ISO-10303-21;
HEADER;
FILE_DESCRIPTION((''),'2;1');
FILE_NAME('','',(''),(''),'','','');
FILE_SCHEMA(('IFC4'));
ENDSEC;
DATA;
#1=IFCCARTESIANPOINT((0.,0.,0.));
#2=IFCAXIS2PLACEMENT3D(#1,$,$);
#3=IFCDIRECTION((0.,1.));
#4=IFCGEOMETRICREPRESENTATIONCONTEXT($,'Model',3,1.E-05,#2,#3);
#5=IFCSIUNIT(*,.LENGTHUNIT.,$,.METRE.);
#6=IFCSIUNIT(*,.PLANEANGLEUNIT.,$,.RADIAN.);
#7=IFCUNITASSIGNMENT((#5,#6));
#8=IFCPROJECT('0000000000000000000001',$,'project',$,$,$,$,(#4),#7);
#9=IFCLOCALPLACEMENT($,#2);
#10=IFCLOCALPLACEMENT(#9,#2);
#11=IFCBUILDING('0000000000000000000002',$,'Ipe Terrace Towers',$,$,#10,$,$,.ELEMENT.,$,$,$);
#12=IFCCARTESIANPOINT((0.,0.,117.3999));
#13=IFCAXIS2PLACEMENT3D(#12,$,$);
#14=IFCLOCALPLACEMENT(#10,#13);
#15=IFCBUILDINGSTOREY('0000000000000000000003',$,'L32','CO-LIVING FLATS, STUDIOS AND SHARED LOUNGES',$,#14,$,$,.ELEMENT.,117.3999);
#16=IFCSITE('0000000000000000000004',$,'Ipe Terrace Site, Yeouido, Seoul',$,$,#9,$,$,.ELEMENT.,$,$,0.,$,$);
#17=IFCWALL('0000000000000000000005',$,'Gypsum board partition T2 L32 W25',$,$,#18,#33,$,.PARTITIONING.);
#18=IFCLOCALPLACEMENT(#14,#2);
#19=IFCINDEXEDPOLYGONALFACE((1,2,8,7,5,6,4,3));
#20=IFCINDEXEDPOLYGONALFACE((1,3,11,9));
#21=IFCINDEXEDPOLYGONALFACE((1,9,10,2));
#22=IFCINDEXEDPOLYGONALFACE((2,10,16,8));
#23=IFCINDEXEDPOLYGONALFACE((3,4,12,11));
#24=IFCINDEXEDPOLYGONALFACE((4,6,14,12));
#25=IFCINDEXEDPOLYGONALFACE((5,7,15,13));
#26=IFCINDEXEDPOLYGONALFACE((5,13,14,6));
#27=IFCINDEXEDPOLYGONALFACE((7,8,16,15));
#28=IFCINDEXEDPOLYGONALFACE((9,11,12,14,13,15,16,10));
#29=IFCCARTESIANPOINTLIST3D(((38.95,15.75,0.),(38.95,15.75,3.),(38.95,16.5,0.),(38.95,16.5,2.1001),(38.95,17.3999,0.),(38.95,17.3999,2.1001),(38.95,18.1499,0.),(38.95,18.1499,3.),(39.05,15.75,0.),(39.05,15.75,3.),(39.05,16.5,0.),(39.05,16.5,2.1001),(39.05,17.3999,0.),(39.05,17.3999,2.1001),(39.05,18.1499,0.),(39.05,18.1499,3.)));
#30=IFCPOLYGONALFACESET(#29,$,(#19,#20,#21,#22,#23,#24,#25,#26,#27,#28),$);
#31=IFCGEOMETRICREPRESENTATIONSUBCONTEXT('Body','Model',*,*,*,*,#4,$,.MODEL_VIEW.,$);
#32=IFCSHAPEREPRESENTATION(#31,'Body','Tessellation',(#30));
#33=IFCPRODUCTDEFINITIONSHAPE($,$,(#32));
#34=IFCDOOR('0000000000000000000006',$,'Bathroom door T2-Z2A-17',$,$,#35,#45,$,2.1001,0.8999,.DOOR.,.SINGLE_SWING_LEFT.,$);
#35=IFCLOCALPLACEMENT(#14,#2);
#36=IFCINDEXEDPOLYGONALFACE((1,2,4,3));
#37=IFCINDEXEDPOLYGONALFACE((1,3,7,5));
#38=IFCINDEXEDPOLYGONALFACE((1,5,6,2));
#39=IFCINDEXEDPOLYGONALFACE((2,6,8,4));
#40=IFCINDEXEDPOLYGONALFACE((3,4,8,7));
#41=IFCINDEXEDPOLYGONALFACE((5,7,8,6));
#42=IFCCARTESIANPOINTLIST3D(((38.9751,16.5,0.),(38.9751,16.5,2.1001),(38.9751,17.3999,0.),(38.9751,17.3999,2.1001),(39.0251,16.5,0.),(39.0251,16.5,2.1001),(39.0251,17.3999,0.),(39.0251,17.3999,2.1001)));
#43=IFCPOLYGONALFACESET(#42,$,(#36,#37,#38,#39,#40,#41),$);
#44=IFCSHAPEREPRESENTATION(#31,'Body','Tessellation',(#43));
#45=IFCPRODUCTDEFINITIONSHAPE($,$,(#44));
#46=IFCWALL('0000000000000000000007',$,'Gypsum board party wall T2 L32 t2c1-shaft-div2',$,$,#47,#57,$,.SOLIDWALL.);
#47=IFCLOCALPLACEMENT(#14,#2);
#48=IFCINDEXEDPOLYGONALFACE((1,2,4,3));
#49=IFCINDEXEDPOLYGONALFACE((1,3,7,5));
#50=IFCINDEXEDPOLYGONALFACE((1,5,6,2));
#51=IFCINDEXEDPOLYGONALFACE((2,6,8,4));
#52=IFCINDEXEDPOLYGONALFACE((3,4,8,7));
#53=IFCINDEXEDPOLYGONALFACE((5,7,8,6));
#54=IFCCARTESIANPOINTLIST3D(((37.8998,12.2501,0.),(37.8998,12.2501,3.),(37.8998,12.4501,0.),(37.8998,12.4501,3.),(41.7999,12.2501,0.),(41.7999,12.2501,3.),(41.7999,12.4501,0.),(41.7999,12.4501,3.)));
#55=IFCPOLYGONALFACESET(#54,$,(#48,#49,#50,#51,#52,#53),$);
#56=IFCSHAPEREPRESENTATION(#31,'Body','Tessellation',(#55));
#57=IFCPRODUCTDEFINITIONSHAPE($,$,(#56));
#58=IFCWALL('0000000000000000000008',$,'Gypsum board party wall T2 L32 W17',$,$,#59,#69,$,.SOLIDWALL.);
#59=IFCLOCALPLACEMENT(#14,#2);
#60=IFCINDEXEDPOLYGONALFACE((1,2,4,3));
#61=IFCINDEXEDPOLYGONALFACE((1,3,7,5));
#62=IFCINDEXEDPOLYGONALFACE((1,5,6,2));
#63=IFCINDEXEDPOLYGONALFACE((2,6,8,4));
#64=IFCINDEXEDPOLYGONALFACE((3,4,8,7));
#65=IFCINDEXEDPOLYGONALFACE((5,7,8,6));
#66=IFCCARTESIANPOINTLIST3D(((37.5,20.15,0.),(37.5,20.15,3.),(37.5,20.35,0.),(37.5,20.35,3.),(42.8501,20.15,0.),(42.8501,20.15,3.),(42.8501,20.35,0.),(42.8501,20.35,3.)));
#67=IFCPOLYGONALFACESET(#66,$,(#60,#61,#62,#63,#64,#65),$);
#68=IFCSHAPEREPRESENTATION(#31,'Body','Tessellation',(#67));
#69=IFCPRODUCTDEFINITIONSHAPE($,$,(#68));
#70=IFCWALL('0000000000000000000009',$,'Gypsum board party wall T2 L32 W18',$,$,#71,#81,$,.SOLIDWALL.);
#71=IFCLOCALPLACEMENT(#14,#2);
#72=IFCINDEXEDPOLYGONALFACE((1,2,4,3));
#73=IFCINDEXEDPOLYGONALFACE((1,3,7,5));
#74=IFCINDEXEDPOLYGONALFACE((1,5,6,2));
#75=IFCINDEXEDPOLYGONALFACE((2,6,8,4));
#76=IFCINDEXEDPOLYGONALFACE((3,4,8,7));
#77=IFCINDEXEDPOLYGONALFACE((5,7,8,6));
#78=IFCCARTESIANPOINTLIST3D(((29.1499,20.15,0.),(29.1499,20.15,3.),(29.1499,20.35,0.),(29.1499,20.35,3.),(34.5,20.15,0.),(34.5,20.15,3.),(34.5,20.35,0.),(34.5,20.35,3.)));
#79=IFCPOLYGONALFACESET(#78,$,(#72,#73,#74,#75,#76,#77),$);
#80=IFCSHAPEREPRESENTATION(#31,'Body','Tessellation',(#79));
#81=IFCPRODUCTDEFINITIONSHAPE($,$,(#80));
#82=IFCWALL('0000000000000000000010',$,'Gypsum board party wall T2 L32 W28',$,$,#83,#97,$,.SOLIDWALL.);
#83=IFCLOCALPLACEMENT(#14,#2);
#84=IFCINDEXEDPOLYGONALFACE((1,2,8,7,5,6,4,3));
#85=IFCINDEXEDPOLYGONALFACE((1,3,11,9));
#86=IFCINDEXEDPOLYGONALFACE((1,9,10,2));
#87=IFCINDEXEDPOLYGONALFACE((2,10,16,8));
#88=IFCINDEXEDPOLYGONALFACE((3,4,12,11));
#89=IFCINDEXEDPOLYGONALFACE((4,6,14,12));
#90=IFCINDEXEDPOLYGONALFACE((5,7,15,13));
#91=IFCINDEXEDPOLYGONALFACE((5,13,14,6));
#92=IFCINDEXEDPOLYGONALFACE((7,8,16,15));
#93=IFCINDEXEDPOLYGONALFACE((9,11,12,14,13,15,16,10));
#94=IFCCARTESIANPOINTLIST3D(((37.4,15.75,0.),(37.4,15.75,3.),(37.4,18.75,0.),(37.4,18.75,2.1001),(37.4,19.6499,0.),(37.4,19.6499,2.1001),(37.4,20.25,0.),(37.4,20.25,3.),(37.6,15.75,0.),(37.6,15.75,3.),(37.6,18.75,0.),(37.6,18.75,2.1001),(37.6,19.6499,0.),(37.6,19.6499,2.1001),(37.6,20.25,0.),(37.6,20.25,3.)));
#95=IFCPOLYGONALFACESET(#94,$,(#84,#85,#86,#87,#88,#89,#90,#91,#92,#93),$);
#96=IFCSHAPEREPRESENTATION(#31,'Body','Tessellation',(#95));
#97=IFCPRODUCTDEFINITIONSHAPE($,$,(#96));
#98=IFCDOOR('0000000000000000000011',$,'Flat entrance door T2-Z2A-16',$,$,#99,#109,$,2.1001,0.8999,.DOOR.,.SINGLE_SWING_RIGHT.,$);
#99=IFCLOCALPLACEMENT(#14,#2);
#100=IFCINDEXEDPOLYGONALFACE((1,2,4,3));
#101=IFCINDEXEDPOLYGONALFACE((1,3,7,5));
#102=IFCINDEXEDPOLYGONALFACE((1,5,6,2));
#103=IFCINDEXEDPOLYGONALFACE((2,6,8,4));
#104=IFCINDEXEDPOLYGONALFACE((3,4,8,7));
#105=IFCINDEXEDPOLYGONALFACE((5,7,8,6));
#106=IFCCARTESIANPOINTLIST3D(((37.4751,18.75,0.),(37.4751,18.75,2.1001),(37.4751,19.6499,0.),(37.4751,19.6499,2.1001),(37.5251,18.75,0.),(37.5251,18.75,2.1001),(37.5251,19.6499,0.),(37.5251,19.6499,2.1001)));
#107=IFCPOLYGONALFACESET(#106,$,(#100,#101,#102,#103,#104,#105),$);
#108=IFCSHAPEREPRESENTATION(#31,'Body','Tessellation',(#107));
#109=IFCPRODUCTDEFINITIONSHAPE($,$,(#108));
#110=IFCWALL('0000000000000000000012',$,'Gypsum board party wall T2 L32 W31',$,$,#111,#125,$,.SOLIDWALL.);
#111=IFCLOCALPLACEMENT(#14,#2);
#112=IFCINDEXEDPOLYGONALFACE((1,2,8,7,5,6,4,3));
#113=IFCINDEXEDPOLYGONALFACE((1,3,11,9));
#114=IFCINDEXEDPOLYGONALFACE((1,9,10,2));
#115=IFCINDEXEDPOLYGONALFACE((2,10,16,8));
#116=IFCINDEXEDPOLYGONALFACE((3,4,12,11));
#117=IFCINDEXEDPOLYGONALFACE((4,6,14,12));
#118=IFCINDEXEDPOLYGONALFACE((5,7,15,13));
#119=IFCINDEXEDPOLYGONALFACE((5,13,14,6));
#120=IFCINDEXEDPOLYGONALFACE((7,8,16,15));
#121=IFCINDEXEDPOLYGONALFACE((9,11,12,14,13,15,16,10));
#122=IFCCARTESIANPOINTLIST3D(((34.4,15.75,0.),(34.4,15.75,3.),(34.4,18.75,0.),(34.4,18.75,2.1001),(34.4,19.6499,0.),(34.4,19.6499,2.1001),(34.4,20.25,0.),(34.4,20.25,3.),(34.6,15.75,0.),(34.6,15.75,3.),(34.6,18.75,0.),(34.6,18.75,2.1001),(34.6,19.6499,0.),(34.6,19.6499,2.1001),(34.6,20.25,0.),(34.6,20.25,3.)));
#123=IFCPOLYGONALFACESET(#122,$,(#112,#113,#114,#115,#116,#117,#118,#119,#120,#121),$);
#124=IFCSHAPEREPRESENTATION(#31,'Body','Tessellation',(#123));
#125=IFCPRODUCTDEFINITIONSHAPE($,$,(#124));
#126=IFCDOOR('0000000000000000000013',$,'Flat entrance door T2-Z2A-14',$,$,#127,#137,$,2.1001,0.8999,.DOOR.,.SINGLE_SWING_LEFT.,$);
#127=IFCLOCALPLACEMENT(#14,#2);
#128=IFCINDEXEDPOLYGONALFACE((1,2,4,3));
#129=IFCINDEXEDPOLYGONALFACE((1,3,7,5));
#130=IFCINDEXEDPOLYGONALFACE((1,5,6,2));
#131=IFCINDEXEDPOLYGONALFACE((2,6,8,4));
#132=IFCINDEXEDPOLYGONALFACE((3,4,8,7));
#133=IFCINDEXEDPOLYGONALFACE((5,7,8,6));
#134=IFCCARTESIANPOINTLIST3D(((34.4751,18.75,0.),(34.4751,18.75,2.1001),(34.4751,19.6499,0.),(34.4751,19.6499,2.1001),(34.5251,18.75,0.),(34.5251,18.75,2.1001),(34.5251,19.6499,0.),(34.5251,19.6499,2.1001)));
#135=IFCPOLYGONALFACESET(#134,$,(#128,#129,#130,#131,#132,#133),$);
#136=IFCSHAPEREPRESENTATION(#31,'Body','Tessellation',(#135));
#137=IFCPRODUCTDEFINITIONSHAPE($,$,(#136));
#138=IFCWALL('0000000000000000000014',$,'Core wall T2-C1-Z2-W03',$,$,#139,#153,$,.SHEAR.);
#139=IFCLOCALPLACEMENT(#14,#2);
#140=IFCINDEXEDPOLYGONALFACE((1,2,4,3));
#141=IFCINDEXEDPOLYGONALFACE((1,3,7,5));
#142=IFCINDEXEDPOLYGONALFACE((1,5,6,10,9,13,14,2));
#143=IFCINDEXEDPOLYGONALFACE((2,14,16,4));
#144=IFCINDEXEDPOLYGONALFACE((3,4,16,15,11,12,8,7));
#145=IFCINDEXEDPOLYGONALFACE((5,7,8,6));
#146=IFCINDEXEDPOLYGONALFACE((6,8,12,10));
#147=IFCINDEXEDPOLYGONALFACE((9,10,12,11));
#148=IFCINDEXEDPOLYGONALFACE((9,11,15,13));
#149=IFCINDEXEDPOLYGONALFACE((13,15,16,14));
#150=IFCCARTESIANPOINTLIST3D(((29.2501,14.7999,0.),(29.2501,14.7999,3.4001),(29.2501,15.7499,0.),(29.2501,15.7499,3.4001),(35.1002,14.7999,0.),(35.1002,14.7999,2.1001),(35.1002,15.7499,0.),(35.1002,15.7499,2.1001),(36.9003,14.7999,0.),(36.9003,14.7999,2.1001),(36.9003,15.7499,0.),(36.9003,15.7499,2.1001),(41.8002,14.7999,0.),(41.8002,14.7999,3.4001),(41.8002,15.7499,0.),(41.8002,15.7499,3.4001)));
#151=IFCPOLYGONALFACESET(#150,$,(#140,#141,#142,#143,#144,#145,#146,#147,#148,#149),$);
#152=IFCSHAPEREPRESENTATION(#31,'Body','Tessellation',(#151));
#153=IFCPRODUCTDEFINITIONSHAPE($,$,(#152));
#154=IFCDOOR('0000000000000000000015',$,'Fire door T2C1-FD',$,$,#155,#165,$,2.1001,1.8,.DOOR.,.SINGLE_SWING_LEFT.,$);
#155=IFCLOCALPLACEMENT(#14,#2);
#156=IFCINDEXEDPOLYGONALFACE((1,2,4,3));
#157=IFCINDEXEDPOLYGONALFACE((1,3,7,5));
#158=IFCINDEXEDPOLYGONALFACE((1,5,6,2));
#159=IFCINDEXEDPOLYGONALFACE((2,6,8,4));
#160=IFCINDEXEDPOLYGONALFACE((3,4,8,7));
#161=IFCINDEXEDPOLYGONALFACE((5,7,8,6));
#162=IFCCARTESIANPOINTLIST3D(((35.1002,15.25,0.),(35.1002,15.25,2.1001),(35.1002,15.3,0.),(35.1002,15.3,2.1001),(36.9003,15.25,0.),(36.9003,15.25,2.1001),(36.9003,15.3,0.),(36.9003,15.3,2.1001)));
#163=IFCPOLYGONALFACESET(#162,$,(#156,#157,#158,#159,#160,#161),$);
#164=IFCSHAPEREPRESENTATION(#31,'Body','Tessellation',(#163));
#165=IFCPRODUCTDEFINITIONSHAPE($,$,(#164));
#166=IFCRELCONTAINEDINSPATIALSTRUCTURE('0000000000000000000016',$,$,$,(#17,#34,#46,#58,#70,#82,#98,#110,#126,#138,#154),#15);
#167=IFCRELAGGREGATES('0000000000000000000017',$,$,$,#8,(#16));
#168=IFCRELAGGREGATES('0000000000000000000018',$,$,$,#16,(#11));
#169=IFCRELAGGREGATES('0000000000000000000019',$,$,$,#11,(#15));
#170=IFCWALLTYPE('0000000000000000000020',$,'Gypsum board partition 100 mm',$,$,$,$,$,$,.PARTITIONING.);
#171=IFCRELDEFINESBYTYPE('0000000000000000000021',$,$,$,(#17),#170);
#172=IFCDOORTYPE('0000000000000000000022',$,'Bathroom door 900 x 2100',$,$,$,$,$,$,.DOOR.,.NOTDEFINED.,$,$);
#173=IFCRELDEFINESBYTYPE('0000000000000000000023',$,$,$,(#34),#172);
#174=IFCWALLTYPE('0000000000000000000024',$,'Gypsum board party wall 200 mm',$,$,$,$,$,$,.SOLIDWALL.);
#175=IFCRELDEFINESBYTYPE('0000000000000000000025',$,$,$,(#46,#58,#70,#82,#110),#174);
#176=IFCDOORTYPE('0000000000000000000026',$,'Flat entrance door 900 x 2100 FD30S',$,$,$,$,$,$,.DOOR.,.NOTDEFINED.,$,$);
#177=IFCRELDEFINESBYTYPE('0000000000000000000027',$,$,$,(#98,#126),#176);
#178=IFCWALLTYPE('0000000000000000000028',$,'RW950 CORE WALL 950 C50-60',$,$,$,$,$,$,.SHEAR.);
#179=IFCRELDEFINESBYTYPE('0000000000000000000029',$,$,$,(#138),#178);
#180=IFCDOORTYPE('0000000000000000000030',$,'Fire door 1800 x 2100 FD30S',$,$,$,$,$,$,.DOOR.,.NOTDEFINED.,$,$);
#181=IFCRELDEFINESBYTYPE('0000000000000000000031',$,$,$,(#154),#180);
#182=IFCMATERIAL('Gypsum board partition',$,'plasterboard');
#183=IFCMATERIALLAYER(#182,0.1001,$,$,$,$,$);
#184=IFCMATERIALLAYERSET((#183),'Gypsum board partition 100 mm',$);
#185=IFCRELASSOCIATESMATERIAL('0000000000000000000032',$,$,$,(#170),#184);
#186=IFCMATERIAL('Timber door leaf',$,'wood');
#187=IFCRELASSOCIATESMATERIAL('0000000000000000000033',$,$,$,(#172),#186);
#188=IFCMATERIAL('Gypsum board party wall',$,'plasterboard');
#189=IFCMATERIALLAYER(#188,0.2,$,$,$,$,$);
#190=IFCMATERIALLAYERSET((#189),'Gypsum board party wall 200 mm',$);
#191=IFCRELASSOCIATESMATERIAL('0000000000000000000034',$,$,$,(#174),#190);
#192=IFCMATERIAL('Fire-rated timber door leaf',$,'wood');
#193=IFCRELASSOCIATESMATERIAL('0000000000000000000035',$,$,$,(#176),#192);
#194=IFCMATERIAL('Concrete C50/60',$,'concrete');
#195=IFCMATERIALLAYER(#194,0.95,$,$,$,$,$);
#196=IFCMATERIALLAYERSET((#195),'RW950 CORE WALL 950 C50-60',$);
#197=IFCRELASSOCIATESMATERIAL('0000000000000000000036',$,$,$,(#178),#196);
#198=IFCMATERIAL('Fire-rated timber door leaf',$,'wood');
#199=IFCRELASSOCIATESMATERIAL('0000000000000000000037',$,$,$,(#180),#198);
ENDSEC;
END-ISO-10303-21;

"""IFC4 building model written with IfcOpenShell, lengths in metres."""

from ifc_helpers import new_model, si_unit, direction, frame, frame_2d, origin, place, context, subcontext, project, spatial, rectangle, extrude, material, layer, layer_set, type_object, element, fill, save


model = new_model("IFC4")

# Units and contexts
model_context = context("Model", 3, precision=1e-05, world=origin(), true_north=direction((0.0, 1.0)))
body_context = subcontext(model_context, "Body", "Model", "MODEL_VIEW")
ifc_project = project(units=[si_unit("LENGTHUNIT", "METRE"), si_unit("PLANEANGLEUNIT", "RADIAN")], contexts=[model_context])

# Site, building, storey
site_placement = place(None, origin())
site = spatial("IfcSite", under=ifc_project, at=site_placement, Name="Ipe Terrace Site, Yeouido, Seoul", CompositionType="ELEMENT", RefElevation=0.0)
building_placement = place(site_placement, origin())
building = spatial("IfcBuilding", under=site, at=building_placement, Name="Ipe Terrace Towers", CompositionType="ELEMENT")
storey_placement = place(building_placement, frame((0.0, 0.0, 117.3999)))
storey = spatial("IfcBuildingStorey", under=building, at=storey_placement, Name="L32", Description="CO-LIVING FLATS, STUDIOS AND SHARED LOUNGES", CompositionType="ELEMENT", Elevation=117.3999)

# Shared definitions
ifc_material_1 = material(Name="Gypsum board partition", Category="plasterboard")
ifc_layer_1 = layer(ifc_material_1, 0.1001)
ifc_layer_set_1 = layer_set([ifc_layer_1], Name="Gypsum board partition 100 mm")
wall_type_1 = type_object("IfcWallType", Name="Gypsum board partition 100 mm", PredefinedType="PARTITIONING", material=ifc_layer_set_1)

# Wall, opening, door
wall_1_placement = place(storey_placement, frame((39.0, 15.75, 0.0), z_axis=(0.0, 0.0, 1.0), x_axis=(0.0, 1.0, 0.0)))
wall_1 = element("IfcWall", 1, at=wall_1_placement, inside=storey, type_object=wall_type_1, Name="Gypsum board partition T2 L32 W25", PredefinedType="PARTITIONING", context=body_context, shape_type="SweptSolid", body=[
    extrude(rectangle(XDim=2.3999, YDim=0.1001, at=frame_2d((1.2, 0.0))), origin(), (0.0, 0.0, 1.0), 3.0),
])
opening_1_placement = place(wall_1_placement, frame((0.75, 0.0, 0.0)))
opening_1 = element("IfcOpeningElement", 2, at=opening_1_placement, cuts=wall_1, PredefinedType="OPENING", context=body_context, shape_type="SweptSolid", body=[
    extrude(rectangle(XDim=0.8999, YDim=2.1001, at=frame_2d((0.45, 1.05))), frame((0.0, 0.0601, 0.0), z_axis=(0.0, -1.0, 0.0), x_axis=(1.0, 0.0, 0.0)), (0.0, 0.0, 1.0), 0.1201),
])
ifc_material_2 = material(Name="Timber door leaf", Category="wood")
door_type_1 = type_object("IfcDoorType", Name="Bathroom door 900 x 2100", OperationType="NOTDEFINED", PredefinedType="DOOR", material=ifc_material_2)
door_1_placement = place(opening_1_placement, origin())
door_1 = element("IfcDoor", 3, at=door_1_placement, inside=storey, type_object=door_type_1, Name="Bathroom door T2-Z2A-17", OperationType="SINGLE_SWING_LEFT", OverallHeight=2.1001, OverallWidth=0.8999, PredefinedType="DOOR", context=body_context, shape_type="SweptSolid", body=[
    extrude(rectangle(XDim=0.8999, YDim=2.1001, at=frame_2d((0.45, 1.05))), frame((0.0, 0.0249, 0.0), z_axis=(0.0, -1.0, 0.0), x_axis=(1.0, 0.0, 0.0)), (0.0, 0.0, 1.0), 0.05),
])
fill(opening_1, door_1)

# Walls
ifc_material_3 = material(Name="Gypsum board party wall", Category="plasterboard")
ifc_layer_2 = layer(ifc_material_3, 0.2)
ifc_layer_set_2 = layer_set([ifc_layer_2], Name="Gypsum board party wall 200 mm")
wall_type_2 = type_object("IfcWallType", Name="Gypsum board party wall 200 mm", PredefinedType="SOLIDWALL", material=ifc_layer_set_2)
wall_2_placement = place(storey_placement, frame((41.8, 12.3501, 0.0), z_axis=(0.0, 0.0, 1.0), x_axis=(-1.0, 0.0, 0.0)))
element("IfcWall", 4, at=wall_2_placement, inside=storey, type_object=wall_type_2, Name="Gypsum board party wall T2 L32 t2c1-shaft-div2", PredefinedType="SOLIDWALL", context=body_context, shape_type="SweptSolid", body=[
    extrude(rectangle(XDim=3.9001, YDim=0.2, at=frame_2d((1.9502, 0.0))), origin(), (0.0, 0.0, 1.0), 3.0),
])
for number, where, z_axis, x_axis, name in (
    (5, (42.8501, 20.25, 0.0), (0.0, 0.0, 1.0), (-1.0, 0.0, 0.0), "Gypsum board party wall T2 L32 W17"),
    (6, (34.5, 20.25, 0.0), (0.0, 0.0, 1.0), (-1.0, 0.0, 0.0), "Gypsum board party wall T2 L32 W18"),
):
    element("IfcWall", number, at=place(storey_placement, frame(where, z_axis=z_axis, x_axis=x_axis)), inside=storey, type_object=wall_type_2, Name=name, PredefinedType="SOLIDWALL", context=body_context, shape_type="SweptSolid", body=[
        extrude(rectangle(XDim=5.3501, YDim=0.2, at=frame_2d((2.675, 0.0))), origin(), (0.0, 0.0, 1.0), 3.0),
    ])

# Walls, openings, doors
wall_3_placement = place(storey_placement, frame((37.5, 15.75, 0.0), z_axis=(0.0, 0.0, 1.0), x_axis=(0.0, 1.0, 0.0)))
wall_3 = element("IfcWall", 7, at=wall_3_placement, inside=storey, type_object=wall_type_2, Name="Gypsum board party wall T2 L32 W28", PredefinedType="SOLIDWALL", context=body_context, shape_type="SweptSolid", body=[
    extrude(rectangle(XDim=4.5, YDim=0.2, at=frame_2d((2.25, 0.0))), origin(), (0.0, 0.0, 1.0), 3.0),
])
opening_2_placement = place(wall_3_placement, frame((3.0, 0.0, 0.0)))
opening_2 = element("IfcOpeningElement", 8, at=opening_2_placement, cuts=wall_3, PredefinedType="OPENING", context=body_context, shape_type="SweptSolid", body=[
    extrude(rectangle(XDim=0.8999, YDim=2.1001, at=frame_2d((0.45, 1.05))), frame((0.0, 0.1099, 0.0), z_axis=(0.0, -1.0, 0.0), x_axis=(1.0, 0.0, 0.0)), (0.0, 0.0, 1.0), 0.22),
])
ifc_material_4 = material(Name="Fire-rated timber door leaf", Category="wood")
door_type_2 = type_object("IfcDoorType", Name="Flat entrance door 900 x 2100 FD30S", OperationType="NOTDEFINED", PredefinedType="DOOR", material=ifc_material_4)
door_2_placement = place(opening_2_placement, origin())
door_2 = element("IfcDoor", 9, at=door_2_placement, inside=storey, type_object=door_type_2, Name="Flat entrance door T2-Z2A-16", OperationType="SINGLE_SWING_RIGHT", OverallHeight=2.1001, OverallWidth=0.8999, PredefinedType="DOOR", context=body_context, shape_type="SweptSolid", body=[
    extrude(rectangle(XDim=0.8999, YDim=2.1001, at=frame_2d((0.45, 1.05))), frame((0.0, 0.0249, 0.0), z_axis=(0.0, -1.0, 0.0), x_axis=(1.0, 0.0, 0.0)), (0.0, 0.0, 1.0), 0.05),
])
fill(opening_2, door_2)
wall_4_placement = place(storey_placement, frame((34.5, 15.75, 0.0), z_axis=(0.0, 0.0, 1.0), x_axis=(0.0, 1.0, 0.0)))
wall_4 = element("IfcWall", 10, at=wall_4_placement, inside=storey, type_object=wall_type_2, Name="Gypsum board party wall T2 L32 W31", PredefinedType="SOLIDWALL", context=body_context, shape_type="SweptSolid", body=[
    extrude(rectangle(XDim=4.5, YDim=0.2, at=frame_2d((2.25, 0.0))), origin(), (0.0, 0.0, 1.0), 3.0),
])
opening_3_placement = place(wall_4_placement, frame((3.0, 0.0, 0.0)))
opening_3 = element("IfcOpeningElement", 11, at=opening_3_placement, cuts=wall_4, PredefinedType="OPENING", context=body_context, shape_type="SweptSolid", body=[
    extrude(rectangle(XDim=0.8999, YDim=2.1001, at=frame_2d((0.45, 1.05))), frame((0.0, 0.1099, 0.0), z_axis=(0.0, -1.0, 0.0), x_axis=(1.0, 0.0, 0.0)), (0.0, 0.0, 1.0), 0.22),
])
door_3_placement = place(opening_3_placement, origin())
door_3 = element("IfcDoor", 12, at=door_3_placement, inside=storey, type_object=door_type_2, Name="Flat entrance door T2-Z2A-14", OperationType="SINGLE_SWING_LEFT", OverallHeight=2.1001, OverallWidth=0.8999, PredefinedType="DOOR", context=body_context, shape_type="SweptSolid", body=[
    extrude(rectangle(XDim=0.8999, YDim=2.1001, at=frame_2d((0.45, 1.05))), frame((0.0, 0.0249, 0.0), z_axis=(0.0, -1.0, 0.0), x_axis=(1.0, 0.0, 0.0)), (0.0, 0.0, 1.0), 0.05),
])
fill(opening_3, door_3)
ifc_material_5 = material(Name="Concrete C50/60", Category="concrete")
ifc_layer_3 = layer(ifc_material_5, 0.95)
ifc_layer_set_3 = layer_set([ifc_layer_3], Name="RW950 CORE WALL 950 C50-60")
wall_type_3 = type_object("IfcWallType", Name="RW950 CORE WALL 950 C50-60", PredefinedType="SHEAR", material=ifc_layer_set_3)
wall_5_placement = place(storey_placement, frame((41.8, 15.2749, 0.0), z_axis=(0.0, 0.0, 1.0), x_axis=(-1.0, 0.0, 0.0)))
wall_5 = element("IfcWall", 13, at=wall_5_placement, inside=storey, type_object=wall_type_3, Name="Core wall T2-C1-Z2-W03", PredefinedType="SHEAR", context=body_context, shape_type="SweptSolid", body=[
    extrude(rectangle(XDim=12.55, YDim=0.95, at=frame_2d((6.2749, 0.0))), origin(), (0.0, 0.0, 1.0), 3.4001),
])
opening_4_placement = place(wall_5_placement, frame((4.8999, 0.0, 0.0)))
opening_4 = element("IfcOpeningElement", 14, at=opening_4_placement, cuts=wall_5, PredefinedType="OPENING", context=body_context, shape_type="SweptSolid", body=[
    extrude(rectangle(XDim=1.8, YDim=2.1001, at=frame_2d((0.8999, 1.05))), frame((0.0, 0.4849, 0.0), z_axis=(0.0, -1.0, 0.0), x_axis=(1.0, 0.0, 0.0)), (0.0, 0.0, 1.0), 0.97),
])
ifc_material_6 = material(Name="Fire-rated timber door leaf", Category="wood")
door_type_3 = type_object("IfcDoorType", Name="Fire door 1800 x 2100 FD30S", OperationType="NOTDEFINED", PredefinedType="DOOR", material=ifc_material_6)
door_4_placement = place(opening_4_placement, origin())
door_4 = element("IfcDoor", 15, at=door_4_placement, inside=storey, type_object=door_type_3, Name="Fire door T2C1-FD", OperationType="SINGLE_SWING_LEFT", OverallHeight=2.1001, OverallWidth=1.8, PredefinedType="DOOR", context=body_context, shape_type="SweptSolid", body=[
    extrude(rectangle(XDim=1.8, YDim=2.1001, at=frame_2d((0.8999, 1.05))), frame((0.0, 0.0249, 0.0), z_axis=(0.0, -1.0, 0.0), x_axis=(1.0, 0.0, 0.0)), (0.0, 0.0, 1.0), 0.05),
])
fill(opening_4, door_4)

save(model, "model.ifc")
